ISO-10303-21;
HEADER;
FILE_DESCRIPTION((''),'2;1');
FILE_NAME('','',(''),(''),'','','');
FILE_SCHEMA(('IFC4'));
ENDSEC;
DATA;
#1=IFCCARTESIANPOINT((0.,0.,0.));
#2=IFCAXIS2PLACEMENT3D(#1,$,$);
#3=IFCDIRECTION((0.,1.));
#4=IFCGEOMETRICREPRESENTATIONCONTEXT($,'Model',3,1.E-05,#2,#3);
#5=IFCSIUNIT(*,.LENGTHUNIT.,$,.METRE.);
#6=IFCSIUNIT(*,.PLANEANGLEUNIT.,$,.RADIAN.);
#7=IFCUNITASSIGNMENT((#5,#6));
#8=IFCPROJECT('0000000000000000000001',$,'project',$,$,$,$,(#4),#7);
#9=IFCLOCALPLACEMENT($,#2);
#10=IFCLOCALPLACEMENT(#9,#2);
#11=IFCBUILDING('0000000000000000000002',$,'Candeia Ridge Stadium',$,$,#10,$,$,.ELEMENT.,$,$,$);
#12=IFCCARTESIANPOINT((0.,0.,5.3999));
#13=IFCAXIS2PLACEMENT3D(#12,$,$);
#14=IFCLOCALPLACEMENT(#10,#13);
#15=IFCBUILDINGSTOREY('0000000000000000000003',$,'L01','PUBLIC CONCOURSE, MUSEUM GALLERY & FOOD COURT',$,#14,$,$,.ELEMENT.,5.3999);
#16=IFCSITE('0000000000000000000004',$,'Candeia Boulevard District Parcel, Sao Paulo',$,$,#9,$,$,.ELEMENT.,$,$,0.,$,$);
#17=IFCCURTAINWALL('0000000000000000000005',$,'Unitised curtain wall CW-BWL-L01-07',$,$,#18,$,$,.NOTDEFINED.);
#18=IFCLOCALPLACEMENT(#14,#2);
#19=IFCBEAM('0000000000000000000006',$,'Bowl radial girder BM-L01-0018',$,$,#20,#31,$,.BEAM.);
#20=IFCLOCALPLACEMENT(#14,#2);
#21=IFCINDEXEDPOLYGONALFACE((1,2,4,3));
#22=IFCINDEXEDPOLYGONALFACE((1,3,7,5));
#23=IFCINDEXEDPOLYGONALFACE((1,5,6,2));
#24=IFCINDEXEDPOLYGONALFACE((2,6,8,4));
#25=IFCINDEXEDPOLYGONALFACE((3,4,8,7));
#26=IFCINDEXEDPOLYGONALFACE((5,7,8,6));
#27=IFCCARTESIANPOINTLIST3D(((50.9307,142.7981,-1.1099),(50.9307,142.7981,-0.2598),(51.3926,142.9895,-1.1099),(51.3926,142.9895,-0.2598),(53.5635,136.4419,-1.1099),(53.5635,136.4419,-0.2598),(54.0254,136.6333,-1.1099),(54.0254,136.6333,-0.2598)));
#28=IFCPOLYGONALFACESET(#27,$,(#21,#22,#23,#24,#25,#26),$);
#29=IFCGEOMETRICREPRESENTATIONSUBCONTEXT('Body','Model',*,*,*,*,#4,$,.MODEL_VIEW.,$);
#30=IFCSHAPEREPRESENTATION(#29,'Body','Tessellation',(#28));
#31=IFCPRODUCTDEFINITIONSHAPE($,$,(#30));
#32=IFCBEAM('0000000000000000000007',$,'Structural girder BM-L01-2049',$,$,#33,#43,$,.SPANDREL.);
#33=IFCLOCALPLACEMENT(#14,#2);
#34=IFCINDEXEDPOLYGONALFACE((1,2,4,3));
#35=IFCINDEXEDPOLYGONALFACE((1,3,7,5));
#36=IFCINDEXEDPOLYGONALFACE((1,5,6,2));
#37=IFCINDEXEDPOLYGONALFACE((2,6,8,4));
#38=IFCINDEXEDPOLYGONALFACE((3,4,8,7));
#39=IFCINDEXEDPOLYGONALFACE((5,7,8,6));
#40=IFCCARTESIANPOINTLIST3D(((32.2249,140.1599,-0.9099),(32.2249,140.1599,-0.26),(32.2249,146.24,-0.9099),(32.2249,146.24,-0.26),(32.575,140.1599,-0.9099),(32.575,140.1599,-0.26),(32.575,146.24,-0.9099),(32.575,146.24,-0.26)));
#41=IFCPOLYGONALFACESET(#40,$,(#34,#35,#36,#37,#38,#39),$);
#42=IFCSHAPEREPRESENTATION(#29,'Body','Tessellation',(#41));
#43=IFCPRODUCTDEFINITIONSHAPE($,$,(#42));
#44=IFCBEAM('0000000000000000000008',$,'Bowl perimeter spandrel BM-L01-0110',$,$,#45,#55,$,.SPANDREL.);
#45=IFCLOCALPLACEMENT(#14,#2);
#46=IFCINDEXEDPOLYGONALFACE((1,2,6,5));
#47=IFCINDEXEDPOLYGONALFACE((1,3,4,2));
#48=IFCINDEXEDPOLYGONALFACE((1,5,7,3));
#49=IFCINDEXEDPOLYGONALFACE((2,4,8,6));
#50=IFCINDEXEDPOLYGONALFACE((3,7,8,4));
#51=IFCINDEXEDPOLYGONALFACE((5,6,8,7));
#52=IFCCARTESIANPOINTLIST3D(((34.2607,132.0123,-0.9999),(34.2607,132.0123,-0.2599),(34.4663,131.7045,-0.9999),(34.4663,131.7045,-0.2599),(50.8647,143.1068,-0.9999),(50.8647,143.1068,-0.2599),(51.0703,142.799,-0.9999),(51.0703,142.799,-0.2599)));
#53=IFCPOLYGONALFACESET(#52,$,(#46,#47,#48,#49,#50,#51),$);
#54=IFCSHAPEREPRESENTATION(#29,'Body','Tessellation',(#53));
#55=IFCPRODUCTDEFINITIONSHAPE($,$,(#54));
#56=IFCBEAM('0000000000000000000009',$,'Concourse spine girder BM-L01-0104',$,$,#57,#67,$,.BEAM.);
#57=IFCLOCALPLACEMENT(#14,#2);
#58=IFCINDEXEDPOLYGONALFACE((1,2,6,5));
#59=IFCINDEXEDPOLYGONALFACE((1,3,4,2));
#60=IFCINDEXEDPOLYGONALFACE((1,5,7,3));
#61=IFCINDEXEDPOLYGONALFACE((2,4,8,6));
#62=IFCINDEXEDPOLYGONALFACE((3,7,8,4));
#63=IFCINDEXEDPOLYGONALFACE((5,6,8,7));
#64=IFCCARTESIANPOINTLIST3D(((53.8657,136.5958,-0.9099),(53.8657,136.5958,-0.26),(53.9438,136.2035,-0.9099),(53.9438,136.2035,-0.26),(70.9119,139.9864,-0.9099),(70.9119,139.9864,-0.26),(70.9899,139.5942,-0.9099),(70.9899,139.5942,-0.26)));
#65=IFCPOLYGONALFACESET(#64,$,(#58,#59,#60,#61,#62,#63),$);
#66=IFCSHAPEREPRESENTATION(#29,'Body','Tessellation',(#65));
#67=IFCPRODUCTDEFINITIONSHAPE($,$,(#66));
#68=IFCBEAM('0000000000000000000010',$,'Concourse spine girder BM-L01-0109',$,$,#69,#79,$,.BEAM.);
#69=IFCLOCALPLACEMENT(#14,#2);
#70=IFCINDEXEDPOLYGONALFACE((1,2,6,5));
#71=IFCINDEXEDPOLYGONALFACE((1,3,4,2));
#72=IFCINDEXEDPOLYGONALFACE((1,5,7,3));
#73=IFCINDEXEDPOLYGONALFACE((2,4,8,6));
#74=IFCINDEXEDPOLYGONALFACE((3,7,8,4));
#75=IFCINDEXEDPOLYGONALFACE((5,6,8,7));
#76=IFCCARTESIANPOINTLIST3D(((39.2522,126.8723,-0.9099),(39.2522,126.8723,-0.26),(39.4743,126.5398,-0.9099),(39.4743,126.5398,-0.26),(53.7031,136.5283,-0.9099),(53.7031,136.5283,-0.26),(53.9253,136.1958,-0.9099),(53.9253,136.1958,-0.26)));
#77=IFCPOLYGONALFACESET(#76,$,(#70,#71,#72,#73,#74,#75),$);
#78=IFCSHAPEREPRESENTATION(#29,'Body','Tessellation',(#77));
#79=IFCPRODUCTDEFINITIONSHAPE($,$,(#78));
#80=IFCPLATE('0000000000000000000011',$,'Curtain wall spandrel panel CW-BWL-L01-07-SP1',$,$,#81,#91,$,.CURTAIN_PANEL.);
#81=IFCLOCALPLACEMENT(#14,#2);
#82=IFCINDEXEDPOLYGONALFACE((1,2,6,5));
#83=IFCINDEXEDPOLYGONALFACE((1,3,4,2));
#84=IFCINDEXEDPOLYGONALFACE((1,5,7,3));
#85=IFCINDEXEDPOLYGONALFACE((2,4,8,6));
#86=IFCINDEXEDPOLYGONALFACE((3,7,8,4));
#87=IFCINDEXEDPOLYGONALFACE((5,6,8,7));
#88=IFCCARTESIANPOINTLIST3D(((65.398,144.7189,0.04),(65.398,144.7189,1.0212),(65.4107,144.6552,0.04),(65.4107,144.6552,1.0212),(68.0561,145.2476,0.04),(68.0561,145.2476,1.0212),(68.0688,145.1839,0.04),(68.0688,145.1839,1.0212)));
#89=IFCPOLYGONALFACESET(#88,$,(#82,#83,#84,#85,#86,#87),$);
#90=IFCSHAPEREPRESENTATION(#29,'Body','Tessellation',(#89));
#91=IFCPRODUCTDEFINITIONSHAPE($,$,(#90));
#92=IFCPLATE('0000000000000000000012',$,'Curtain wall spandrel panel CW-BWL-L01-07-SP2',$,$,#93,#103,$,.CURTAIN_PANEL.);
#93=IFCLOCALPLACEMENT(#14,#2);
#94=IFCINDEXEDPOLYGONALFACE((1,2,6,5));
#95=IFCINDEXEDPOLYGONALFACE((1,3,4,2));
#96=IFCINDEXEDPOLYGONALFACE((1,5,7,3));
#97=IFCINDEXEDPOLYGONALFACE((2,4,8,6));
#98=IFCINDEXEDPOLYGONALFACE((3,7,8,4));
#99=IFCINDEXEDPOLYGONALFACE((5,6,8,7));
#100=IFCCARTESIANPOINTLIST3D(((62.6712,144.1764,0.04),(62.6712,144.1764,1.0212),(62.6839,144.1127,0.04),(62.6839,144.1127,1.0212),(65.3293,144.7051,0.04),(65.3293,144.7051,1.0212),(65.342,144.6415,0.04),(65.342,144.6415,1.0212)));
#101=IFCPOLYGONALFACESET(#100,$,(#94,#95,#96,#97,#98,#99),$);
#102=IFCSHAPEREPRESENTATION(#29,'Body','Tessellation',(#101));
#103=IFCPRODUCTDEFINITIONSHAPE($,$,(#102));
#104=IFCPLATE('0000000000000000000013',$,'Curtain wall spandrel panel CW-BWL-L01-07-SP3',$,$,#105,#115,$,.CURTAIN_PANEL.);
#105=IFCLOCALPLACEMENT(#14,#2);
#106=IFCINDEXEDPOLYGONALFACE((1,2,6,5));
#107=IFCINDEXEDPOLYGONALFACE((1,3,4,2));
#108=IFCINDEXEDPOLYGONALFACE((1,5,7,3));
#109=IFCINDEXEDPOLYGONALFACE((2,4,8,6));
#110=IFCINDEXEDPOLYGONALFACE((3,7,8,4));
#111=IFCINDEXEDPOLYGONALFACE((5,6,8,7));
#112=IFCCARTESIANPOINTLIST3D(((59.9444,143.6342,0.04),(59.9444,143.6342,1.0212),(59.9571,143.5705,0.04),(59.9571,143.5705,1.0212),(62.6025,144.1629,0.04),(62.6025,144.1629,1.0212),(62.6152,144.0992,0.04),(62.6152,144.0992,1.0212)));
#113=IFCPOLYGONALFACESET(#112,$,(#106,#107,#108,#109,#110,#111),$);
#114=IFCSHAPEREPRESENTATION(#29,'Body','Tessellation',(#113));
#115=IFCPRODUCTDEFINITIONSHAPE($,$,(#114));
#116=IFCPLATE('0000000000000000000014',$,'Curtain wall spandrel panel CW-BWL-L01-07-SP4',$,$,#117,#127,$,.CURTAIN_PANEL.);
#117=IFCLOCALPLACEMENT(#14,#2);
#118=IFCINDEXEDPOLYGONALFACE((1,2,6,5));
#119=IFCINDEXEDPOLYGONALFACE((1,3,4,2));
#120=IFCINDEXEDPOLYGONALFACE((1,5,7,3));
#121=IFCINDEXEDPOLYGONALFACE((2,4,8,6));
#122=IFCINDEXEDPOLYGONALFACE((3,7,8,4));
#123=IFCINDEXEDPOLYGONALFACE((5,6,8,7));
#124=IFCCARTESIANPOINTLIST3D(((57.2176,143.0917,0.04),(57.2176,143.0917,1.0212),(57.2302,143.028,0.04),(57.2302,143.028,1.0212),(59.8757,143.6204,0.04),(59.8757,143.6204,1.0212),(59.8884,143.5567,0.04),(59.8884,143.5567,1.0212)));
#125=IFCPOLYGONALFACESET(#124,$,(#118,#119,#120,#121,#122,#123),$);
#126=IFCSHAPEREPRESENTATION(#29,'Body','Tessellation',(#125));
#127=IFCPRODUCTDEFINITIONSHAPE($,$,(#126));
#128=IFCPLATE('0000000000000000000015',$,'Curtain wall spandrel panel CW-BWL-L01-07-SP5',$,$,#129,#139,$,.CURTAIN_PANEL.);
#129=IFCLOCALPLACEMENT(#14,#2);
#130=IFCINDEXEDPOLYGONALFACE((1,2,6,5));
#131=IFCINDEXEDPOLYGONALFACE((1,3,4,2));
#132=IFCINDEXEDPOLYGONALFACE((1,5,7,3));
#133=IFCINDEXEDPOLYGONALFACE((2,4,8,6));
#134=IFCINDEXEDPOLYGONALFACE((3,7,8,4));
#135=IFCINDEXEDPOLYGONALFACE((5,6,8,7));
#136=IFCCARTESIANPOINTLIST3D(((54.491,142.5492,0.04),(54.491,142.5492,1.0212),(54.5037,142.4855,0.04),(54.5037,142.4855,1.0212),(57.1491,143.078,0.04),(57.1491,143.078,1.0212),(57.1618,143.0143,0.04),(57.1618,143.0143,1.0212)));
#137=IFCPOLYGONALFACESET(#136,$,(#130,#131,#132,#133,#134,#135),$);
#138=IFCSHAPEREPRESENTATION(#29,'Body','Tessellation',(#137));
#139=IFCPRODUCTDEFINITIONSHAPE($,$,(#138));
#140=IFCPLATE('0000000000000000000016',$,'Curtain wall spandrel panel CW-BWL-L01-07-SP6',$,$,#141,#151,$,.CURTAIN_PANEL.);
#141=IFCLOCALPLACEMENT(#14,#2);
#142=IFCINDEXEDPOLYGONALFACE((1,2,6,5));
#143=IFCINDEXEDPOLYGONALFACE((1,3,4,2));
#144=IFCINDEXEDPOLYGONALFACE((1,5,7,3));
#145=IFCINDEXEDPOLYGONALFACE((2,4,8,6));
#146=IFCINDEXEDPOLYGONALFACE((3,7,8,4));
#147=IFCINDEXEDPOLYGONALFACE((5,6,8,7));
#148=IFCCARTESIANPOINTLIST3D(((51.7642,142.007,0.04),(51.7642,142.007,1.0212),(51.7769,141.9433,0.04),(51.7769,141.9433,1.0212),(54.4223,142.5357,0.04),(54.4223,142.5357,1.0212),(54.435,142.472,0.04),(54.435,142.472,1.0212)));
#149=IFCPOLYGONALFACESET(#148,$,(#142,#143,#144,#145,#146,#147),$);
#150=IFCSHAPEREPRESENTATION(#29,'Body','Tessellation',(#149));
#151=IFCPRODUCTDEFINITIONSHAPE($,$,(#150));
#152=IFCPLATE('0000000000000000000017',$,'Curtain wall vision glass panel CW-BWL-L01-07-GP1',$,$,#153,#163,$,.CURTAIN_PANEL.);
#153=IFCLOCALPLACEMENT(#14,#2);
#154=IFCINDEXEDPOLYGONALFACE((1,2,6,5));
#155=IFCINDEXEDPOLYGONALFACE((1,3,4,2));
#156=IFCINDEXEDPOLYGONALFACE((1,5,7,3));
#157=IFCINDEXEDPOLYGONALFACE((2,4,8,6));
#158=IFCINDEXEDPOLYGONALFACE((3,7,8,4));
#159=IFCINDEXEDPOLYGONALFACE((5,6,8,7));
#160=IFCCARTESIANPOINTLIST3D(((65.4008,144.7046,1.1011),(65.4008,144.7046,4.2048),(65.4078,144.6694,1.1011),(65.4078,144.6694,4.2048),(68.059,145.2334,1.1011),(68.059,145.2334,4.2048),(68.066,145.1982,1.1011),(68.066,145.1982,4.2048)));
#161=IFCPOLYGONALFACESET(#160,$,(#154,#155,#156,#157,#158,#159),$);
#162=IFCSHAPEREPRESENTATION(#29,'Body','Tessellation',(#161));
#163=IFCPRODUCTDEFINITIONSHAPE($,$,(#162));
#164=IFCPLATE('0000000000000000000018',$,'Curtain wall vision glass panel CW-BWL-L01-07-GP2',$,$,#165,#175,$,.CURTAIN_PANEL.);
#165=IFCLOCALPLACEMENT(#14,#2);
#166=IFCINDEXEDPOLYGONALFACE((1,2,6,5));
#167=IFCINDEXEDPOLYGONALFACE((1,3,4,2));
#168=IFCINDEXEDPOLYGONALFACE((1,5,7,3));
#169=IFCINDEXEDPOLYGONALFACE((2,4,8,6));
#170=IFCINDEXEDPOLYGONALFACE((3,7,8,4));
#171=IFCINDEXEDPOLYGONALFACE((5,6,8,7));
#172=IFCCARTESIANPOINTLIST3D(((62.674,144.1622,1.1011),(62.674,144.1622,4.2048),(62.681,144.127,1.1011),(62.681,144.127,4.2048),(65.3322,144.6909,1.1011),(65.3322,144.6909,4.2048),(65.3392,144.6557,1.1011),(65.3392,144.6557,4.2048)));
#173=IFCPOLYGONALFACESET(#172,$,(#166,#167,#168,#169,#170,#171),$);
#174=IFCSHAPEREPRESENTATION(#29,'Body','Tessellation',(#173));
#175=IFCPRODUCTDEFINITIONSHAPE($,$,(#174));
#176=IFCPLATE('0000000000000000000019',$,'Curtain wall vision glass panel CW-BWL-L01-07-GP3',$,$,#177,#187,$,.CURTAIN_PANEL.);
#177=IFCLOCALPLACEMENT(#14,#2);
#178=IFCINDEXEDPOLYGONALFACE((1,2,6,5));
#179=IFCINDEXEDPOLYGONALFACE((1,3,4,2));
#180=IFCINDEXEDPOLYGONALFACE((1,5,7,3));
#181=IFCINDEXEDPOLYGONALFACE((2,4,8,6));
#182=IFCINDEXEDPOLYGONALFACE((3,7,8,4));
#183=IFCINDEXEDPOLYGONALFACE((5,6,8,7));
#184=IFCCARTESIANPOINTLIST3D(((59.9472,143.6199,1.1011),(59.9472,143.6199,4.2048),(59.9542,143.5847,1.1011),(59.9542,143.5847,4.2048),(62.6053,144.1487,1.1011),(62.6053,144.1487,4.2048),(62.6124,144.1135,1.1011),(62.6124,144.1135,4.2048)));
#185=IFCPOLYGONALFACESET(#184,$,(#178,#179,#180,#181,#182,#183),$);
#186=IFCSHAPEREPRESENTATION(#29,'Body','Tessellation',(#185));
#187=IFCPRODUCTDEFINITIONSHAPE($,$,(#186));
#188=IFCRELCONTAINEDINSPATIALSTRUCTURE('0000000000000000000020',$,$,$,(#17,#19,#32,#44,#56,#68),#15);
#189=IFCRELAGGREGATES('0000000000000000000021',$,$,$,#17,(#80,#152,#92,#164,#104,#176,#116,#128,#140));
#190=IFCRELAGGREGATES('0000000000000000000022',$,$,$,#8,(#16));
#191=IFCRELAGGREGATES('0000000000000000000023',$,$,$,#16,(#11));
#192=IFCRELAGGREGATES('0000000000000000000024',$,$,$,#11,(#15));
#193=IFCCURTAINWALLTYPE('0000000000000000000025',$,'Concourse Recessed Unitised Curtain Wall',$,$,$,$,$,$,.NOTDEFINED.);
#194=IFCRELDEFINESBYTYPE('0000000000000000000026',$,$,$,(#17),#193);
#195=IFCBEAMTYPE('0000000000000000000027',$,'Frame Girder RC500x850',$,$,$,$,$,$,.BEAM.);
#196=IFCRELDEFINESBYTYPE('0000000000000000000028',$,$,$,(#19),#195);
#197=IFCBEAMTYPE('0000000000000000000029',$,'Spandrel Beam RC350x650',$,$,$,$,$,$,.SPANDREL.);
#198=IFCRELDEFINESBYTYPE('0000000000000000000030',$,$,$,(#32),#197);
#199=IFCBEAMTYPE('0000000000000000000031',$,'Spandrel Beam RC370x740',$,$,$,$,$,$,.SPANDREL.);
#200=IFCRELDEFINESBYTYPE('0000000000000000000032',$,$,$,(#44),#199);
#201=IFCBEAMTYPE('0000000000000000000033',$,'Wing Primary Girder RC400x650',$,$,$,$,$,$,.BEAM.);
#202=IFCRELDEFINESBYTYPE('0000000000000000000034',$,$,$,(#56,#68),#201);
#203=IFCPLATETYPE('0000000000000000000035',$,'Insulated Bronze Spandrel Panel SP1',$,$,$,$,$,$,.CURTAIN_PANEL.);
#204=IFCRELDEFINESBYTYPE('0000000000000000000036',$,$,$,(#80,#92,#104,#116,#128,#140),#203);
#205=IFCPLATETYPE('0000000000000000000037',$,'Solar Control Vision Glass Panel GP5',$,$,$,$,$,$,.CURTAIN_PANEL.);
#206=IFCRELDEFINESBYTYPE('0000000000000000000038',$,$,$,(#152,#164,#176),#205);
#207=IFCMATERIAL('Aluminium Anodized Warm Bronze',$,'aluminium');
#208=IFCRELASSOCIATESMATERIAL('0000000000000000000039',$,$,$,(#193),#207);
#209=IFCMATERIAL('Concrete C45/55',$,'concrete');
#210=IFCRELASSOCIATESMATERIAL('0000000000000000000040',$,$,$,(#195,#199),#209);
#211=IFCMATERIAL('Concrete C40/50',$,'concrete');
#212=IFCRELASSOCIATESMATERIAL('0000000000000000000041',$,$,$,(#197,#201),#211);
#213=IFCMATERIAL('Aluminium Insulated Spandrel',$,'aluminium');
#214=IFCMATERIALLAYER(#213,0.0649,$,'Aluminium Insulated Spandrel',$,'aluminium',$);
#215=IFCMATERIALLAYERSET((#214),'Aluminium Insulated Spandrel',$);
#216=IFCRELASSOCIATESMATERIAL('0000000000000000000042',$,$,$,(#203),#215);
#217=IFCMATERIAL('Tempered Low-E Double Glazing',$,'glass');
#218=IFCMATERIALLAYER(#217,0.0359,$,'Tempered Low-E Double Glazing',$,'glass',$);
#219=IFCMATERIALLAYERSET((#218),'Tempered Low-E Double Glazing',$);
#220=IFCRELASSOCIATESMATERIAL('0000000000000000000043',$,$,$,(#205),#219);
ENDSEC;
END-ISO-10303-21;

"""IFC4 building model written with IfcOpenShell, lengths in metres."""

from ifc_helpers import new_model, si_unit, direction, frame, origin, origin_2d, place, context, subcontext, project, spatial, rectangle, extrude, material, layer, layer_set, material_profile, profile_set, type_object, element, aggregate, save


model = new_model("IFC4")

# Units and contexts
model_context = context("Model", 3, precision=1e-05, world=origin(), true_north=direction((0.0, 1.0)))
body_context = subcontext(model_context, "Body", "Model", "MODEL_VIEW")
ifc_project = project(units=[si_unit("LENGTHUNIT", "METRE"), si_unit("PLANEANGLEUNIT", "RADIAN")], contexts=[model_context])

# Site, building, storey
site_placement = place(None, origin())
site = spatial("IfcSite", under=ifc_project, at=site_placement, Name="Candeia Boulevard District Parcel, Sao Paulo", CompositionType="ELEMENT", RefElevation=0.0)
building_placement = place(site_placement, origin())
building = spatial("IfcBuilding", under=site, at=building_placement, Name="Candeia Ridge Stadium", CompositionType="ELEMENT")
storey_placement = place(building_placement, frame((0.0, 0.0, 5.3999)))
storey = spatial("IfcBuildingStorey", under=building, at=storey_placement, Name="L01", Description="PUBLIC CONCOURSE, MUSEUM GALLERY & FOOD COURT", CompositionType="ELEMENT", Elevation=5.3999)

# Shared definitions
ifc_material_1 = material(Name="Concrete C40/50", Category="concrete")
ifc_material_2 = material(Name="Concrete C45/55", Category="concrete")

# Curtain wall
ifc_material_3 = material(Name="Aluminium Anodized Warm Bronze", Category="aluminium")
curtain_wall_type = type_object("IfcCurtainWallType", Name="Concourse Recessed Unitised Curtain Wall", PredefinedType="NOTDEFINED", material=ifc_material_3)
curtain_wall_placement = place(storey_placement, origin())
curtain_wall = element("IfcCurtainWall", 1, at=curtain_wall_placement, inside=storey, type_object=curtain_wall_type, Name="Unitised curtain wall CW-BWL-L01-07", PredefinedType="NOTDEFINED")

# Beams
ifc_material_profile_1 = material_profile(ifc_material_2, rectangle(XDim=0.5, YDim=0.8501, at=origin_2d()), Name="RC500x850", Category="concrete")
ifc_profile_set_1 = profile_set([ifc_material_profile_1], Name="Concrete C45/55")
beam_type_1 = type_object("IfcBeamType", Name="Frame Girder RC500x850", PredefinedType="BEAM", material=ifc_profile_set_1)
beam_1_placement = place(storey_placement, frame((53.7944, 136.5376, -0.6848), z_axis=(-0.382682, 0.92388, 0.0), x_axis=(-0.92388, -0.382682, 0.0)))
element("IfcBeam", 2, at=beam_1_placement, inside=storey, type_object=beam_type_1, Name="Bowl radial girder BM-L01-0018", PredefinedType="BEAM", context=body_context, shape_type="SweptSolid", body=[
    extrude(rectangle(XDim=0.5, YDim=0.8501, at=origin_2d()), origin(), (0.0, 0.0, 1.0), 6.8799),
])
ifc_material_profile_2 = material_profile(ifc_material_1, rectangle(XDim=0.3501, YDim=0.6499, at=origin_2d()), Name="RC350x650", Category="concrete")
ifc_profile_set_2 = profile_set([ifc_material_profile_2], Name="Concrete C40/50")
beam_type_2 = type_object("IfcBeamType", Name="Spandrel Beam RC350x650", PredefinedType="SPANDREL", material=ifc_profile_set_2)
beam_2_placement = place(storey_placement, frame((32.3999, 140.1599, -0.585), z_axis=(0.0, 1.0, 0.0), x_axis=(-1.0, 0.0, 0.0)))
element("IfcBeam", 3, at=beam_2_placement, inside=storey, type_object=beam_type_2, Name="Structural girder BM-L01-2049", PredefinedType="SPANDREL", context=body_context, shape_type="SweptSolid", body=[
    extrude(rectangle(XDim=0.3501, YDim=0.6499, at=origin_2d()), origin(), (0.0, 0.0, 1.0), 6.0801),
])
ifc_material_profile_3 = material_profile(ifc_material_2, rectangle(XDim=0.3701, YDim=0.74, at=origin_2d()), Name="RC370x740", Category="concrete")
ifc_profile_set_3 = profile_set([ifc_material_profile_3], Name="Concrete C45/55")
beam_type_3 = type_object("IfcBeamType", Name="Spandrel Beam RC370x740", PredefinedType="SPANDREL", material=ifc_profile_set_3)
beam_3_placement = place(storey_placement, frame((50.9675, 142.9529, -0.6299), z_axis=(-0.831469, -0.555572, 0.0), x_axis=(0.555572, -0.831469, 0.0)))
element("IfcBeam", 4, at=beam_3_placement, inside=storey, type_object=beam_type_3, Name="Bowl perimeter spandrel BM-L01-0110", PredefinedType="SPANDREL", context=body_context, shape_type="SweptSolid", body=[
    extrude(rectangle(XDim=0.3701, YDim=0.74, at=origin_2d()), origin(), (0.0, 0.0, 1.0), 19.9695),
])
ifc_material_profile_4 = material_profile(ifc_material_1, rectangle(XDim=0.3999, YDim=0.6499, at=origin_2d()), Name="RC400x650", Category="concrete")
ifc_profile_set_4 = profile_set([ifc_material_profile_4], Name="Concrete C40/50")
beam_type_4 = type_object("IfcBeamType", Name="Wing Primary Girder RC400x650", PredefinedType="BEAM", material=ifc_profile_set_4)
for number, where, z_axis, x_axis, name in (
    (5, (70.9509, 139.7903, -0.585), (-0.980786, -0.195087, 0.0), (0.195087, -0.980786, 0.0), "Concourse spine girder BM-L01-0104"),
    (6, (53.8142, 136.3621, -0.585), (-0.831464, -0.555578, 0.0), (0.555578, -0.831464, 0.0), "Concourse spine girder BM-L01-0109"),
):
    element("IfcBeam", number, at=place(storey_placement, frame(where, z_axis=z_axis, x_axis=x_axis)), inside=storey, type_object=beam_type_4, Name=name, PredefinedType="BEAM", context=body_context, shape_type="SweptSolid", body=[
        extrude(rectangle(XDim=0.3999, YDim=0.6499, at=origin_2d()), origin(), (0.0, 0.0, 1.0), 17.3801),
    ])

# Plates
ifc_material_4 = material(Name="Aluminium Insulated Spandrel", Category="aluminium")
ifc_layer_1 = layer(ifc_material_4, 0.0649, Name="Aluminium Insulated Spandrel", Category="aluminium")
ifc_layer_set_1 = layer_set([ifc_layer_1], Name="Aluminium Insulated Spandrel")
plate_type_1 = type_object("IfcPlateType", Name="Insulated Bronze Spandrel Panel SP1", PredefinedType="CURTAIN_PANEL", material=ifc_layer_set_1)
plate_1_placement = place(storey_placement, frame((66.7334, 144.9514, 0.04), z_axis=(0.0, 0.0, 1.0), x_axis=(-0.980785, -0.19509, 0.0)))
plate_1 = element("IfcPlate", 7, at=plate_1_placement, type_object=plate_type_1, Name="Curtain wall spandrel panel CW-BWL-L01-07-SP1", PredefinedType="CURTAIN_PANEL", context=body_context, shape_type="SweptSolid", body=[
    extrude(rectangle(XDim=2.7102, YDim=0.0649, at=origin_2d()), origin(), (0.0, 0.0, 1.0), 0.9812),
])
plate_2_placement = place(storey_placement, frame((64.0066, 144.4089, 0.04), z_axis=(0.0, 0.0, 1.0), x_axis=(-0.980785, -0.19509, 0.0)))
plate_2 = element("IfcPlate", 8, at=plate_2_placement, type_object=plate_type_1, Name="Curtain wall spandrel panel CW-BWL-L01-07-SP2", PredefinedType="CURTAIN_PANEL", context=body_context, shape_type="SweptSolid", body=[
    extrude(rectangle(XDim=2.7102, YDim=0.0649, at=origin_2d()), origin(), (0.0, 0.0, 1.0), 0.9812),
])
plate_3_placement = place(storey_placement, frame((61.2798, 143.8667, 0.04), z_axis=(0.0, 0.0, 1.0), x_axis=(-0.980785, -0.19509, 0.0)))
plate_3 = element("IfcPlate", 9, at=plate_3_placement, type_object=plate_type_1, Name="Curtain wall spandrel panel CW-BWL-L01-07-SP3", PredefinedType="CURTAIN_PANEL", context=body_context, shape_type="SweptSolid", body=[
    extrude(rectangle(XDim=2.7102, YDim=0.0649, at=origin_2d()), origin(), (0.0, 0.0, 1.0), 0.9812),
])
plate_4_placement = place(storey_placement, frame((58.553, 143.3242, 0.04), z_axis=(0.0, 0.0, 1.0), x_axis=(-0.980785, -0.19509, 0.0)))
plate_4 = element("IfcPlate", 10, at=plate_4_placement, type_object=plate_type_1, Name="Curtain wall spandrel panel CW-BWL-L01-07-SP4", PredefinedType="CURTAIN_PANEL", context=body_context, shape_type="SweptSolid", body=[
    extrude(rectangle(XDim=2.7102, YDim=0.0649, at=origin_2d()), origin(), (0.0, 0.0, 1.0), 0.9812),
])
plate_5_placement = place(storey_placement, frame((55.8264, 142.7817, 0.04), z_axis=(0.0, 0.0, 1.0), x_axis=(-0.980785, -0.19509, 0.0)))
plate_5 = element("IfcPlate", 11, at=plate_5_placement, type_object=plate_type_1, Name="Curtain wall spandrel panel CW-BWL-L01-07-SP5", PredefinedType="CURTAIN_PANEL", context=body_context, shape_type="SweptSolid", body=[
    extrude(rectangle(XDim=2.7102, YDim=0.0649, at=origin_2d()), origin(), (0.0, 0.0, 1.0), 0.9812),
])
plate_6_placement = place(storey_placement, frame((53.0996, 142.2395, 0.04), z_axis=(0.0, 0.0, 1.0), x_axis=(-0.980785, -0.19509, 0.0)))
plate_6 = element("IfcPlate", 12, at=plate_6_placement, type_object=plate_type_1, Name="Curtain wall spandrel panel CW-BWL-L01-07-SP6", PredefinedType="CURTAIN_PANEL", context=body_context, shape_type="SweptSolid", body=[
    extrude(rectangle(XDim=2.7102, YDim=0.0649, at=origin_2d()), origin(), (0.0, 0.0, 1.0), 0.9812),
])
ifc_material_5 = material(Name="Tempered Low-E Double Glazing", Category="glass")
ifc_layer_2 = layer(ifc_material_5, 0.0359, Name="Tempered Low-E Double Glazing", Category="glass")
ifc_layer_set_2 = layer_set([ifc_layer_2], Name="Tempered Low-E Double Glazing")
plate_type_2 = type_object("IfcPlateType", Name="Solar Control Vision Glass Panel GP5", PredefinedType="CURTAIN_PANEL", material=ifc_layer_set_2)
plate_7_placement = place(storey_placement, frame((66.7334, 144.9514, 1.1011), z_axis=(0.0, 0.0, 1.0), x_axis=(-0.980785, -0.19509, 0.0)))
plate_7 = element("IfcPlate", 13, at=plate_7_placement, type_object=plate_type_2, Name="Curtain wall vision glass panel CW-BWL-L01-07-GP1", PredefinedType="CURTAIN_PANEL", context=body_context, shape_type="SweptSolid", body=[
    extrude(rectangle(XDim=2.7102, YDim=0.0359, at=origin_2d()), origin(), (0.0, 0.0, 1.0), 3.1038),
])
plate_8_placement = place(storey_placement, frame((64.0066, 144.4089, 1.1011), z_axis=(0.0, 0.0, 1.0), x_axis=(-0.980785, -0.19509, 0.0)))
plate_8 = element("IfcPlate", 14, at=plate_8_placement, type_object=plate_type_2, Name="Curtain wall vision glass panel CW-BWL-L01-07-GP2", PredefinedType="CURTAIN_PANEL", context=body_context, shape_type="SweptSolid", body=[
    extrude(rectangle(XDim=2.7102, YDim=0.0359, at=origin_2d()), origin(), (0.0, 0.0, 1.0), 3.1038),
])
plate_9_placement = place(storey_placement, frame((61.2798, 143.8667, 1.1011), z_axis=(0.0, 0.0, 1.0), x_axis=(-0.980785, -0.19509, 0.0)))
plate_9 = element("IfcPlate", 15, at=plate_9_placement, type_object=plate_type_2, Name="Curtain wall vision glass panel CW-BWL-L01-07-GP3", PredefinedType="CURTAIN_PANEL", context=body_context, shape_type="SweptSolid", body=[
    extrude(rectangle(XDim=2.7102, YDim=0.0359, at=origin_2d()), origin(), (0.0, 0.0, 1.0), 3.1038),
])
aggregate(curtain_wall, [plate_1, plate_7, plate_2, plate_8, plate_3, plate_9, plate_4, plate_5, plate_6])

save(model, "model.ifc")
